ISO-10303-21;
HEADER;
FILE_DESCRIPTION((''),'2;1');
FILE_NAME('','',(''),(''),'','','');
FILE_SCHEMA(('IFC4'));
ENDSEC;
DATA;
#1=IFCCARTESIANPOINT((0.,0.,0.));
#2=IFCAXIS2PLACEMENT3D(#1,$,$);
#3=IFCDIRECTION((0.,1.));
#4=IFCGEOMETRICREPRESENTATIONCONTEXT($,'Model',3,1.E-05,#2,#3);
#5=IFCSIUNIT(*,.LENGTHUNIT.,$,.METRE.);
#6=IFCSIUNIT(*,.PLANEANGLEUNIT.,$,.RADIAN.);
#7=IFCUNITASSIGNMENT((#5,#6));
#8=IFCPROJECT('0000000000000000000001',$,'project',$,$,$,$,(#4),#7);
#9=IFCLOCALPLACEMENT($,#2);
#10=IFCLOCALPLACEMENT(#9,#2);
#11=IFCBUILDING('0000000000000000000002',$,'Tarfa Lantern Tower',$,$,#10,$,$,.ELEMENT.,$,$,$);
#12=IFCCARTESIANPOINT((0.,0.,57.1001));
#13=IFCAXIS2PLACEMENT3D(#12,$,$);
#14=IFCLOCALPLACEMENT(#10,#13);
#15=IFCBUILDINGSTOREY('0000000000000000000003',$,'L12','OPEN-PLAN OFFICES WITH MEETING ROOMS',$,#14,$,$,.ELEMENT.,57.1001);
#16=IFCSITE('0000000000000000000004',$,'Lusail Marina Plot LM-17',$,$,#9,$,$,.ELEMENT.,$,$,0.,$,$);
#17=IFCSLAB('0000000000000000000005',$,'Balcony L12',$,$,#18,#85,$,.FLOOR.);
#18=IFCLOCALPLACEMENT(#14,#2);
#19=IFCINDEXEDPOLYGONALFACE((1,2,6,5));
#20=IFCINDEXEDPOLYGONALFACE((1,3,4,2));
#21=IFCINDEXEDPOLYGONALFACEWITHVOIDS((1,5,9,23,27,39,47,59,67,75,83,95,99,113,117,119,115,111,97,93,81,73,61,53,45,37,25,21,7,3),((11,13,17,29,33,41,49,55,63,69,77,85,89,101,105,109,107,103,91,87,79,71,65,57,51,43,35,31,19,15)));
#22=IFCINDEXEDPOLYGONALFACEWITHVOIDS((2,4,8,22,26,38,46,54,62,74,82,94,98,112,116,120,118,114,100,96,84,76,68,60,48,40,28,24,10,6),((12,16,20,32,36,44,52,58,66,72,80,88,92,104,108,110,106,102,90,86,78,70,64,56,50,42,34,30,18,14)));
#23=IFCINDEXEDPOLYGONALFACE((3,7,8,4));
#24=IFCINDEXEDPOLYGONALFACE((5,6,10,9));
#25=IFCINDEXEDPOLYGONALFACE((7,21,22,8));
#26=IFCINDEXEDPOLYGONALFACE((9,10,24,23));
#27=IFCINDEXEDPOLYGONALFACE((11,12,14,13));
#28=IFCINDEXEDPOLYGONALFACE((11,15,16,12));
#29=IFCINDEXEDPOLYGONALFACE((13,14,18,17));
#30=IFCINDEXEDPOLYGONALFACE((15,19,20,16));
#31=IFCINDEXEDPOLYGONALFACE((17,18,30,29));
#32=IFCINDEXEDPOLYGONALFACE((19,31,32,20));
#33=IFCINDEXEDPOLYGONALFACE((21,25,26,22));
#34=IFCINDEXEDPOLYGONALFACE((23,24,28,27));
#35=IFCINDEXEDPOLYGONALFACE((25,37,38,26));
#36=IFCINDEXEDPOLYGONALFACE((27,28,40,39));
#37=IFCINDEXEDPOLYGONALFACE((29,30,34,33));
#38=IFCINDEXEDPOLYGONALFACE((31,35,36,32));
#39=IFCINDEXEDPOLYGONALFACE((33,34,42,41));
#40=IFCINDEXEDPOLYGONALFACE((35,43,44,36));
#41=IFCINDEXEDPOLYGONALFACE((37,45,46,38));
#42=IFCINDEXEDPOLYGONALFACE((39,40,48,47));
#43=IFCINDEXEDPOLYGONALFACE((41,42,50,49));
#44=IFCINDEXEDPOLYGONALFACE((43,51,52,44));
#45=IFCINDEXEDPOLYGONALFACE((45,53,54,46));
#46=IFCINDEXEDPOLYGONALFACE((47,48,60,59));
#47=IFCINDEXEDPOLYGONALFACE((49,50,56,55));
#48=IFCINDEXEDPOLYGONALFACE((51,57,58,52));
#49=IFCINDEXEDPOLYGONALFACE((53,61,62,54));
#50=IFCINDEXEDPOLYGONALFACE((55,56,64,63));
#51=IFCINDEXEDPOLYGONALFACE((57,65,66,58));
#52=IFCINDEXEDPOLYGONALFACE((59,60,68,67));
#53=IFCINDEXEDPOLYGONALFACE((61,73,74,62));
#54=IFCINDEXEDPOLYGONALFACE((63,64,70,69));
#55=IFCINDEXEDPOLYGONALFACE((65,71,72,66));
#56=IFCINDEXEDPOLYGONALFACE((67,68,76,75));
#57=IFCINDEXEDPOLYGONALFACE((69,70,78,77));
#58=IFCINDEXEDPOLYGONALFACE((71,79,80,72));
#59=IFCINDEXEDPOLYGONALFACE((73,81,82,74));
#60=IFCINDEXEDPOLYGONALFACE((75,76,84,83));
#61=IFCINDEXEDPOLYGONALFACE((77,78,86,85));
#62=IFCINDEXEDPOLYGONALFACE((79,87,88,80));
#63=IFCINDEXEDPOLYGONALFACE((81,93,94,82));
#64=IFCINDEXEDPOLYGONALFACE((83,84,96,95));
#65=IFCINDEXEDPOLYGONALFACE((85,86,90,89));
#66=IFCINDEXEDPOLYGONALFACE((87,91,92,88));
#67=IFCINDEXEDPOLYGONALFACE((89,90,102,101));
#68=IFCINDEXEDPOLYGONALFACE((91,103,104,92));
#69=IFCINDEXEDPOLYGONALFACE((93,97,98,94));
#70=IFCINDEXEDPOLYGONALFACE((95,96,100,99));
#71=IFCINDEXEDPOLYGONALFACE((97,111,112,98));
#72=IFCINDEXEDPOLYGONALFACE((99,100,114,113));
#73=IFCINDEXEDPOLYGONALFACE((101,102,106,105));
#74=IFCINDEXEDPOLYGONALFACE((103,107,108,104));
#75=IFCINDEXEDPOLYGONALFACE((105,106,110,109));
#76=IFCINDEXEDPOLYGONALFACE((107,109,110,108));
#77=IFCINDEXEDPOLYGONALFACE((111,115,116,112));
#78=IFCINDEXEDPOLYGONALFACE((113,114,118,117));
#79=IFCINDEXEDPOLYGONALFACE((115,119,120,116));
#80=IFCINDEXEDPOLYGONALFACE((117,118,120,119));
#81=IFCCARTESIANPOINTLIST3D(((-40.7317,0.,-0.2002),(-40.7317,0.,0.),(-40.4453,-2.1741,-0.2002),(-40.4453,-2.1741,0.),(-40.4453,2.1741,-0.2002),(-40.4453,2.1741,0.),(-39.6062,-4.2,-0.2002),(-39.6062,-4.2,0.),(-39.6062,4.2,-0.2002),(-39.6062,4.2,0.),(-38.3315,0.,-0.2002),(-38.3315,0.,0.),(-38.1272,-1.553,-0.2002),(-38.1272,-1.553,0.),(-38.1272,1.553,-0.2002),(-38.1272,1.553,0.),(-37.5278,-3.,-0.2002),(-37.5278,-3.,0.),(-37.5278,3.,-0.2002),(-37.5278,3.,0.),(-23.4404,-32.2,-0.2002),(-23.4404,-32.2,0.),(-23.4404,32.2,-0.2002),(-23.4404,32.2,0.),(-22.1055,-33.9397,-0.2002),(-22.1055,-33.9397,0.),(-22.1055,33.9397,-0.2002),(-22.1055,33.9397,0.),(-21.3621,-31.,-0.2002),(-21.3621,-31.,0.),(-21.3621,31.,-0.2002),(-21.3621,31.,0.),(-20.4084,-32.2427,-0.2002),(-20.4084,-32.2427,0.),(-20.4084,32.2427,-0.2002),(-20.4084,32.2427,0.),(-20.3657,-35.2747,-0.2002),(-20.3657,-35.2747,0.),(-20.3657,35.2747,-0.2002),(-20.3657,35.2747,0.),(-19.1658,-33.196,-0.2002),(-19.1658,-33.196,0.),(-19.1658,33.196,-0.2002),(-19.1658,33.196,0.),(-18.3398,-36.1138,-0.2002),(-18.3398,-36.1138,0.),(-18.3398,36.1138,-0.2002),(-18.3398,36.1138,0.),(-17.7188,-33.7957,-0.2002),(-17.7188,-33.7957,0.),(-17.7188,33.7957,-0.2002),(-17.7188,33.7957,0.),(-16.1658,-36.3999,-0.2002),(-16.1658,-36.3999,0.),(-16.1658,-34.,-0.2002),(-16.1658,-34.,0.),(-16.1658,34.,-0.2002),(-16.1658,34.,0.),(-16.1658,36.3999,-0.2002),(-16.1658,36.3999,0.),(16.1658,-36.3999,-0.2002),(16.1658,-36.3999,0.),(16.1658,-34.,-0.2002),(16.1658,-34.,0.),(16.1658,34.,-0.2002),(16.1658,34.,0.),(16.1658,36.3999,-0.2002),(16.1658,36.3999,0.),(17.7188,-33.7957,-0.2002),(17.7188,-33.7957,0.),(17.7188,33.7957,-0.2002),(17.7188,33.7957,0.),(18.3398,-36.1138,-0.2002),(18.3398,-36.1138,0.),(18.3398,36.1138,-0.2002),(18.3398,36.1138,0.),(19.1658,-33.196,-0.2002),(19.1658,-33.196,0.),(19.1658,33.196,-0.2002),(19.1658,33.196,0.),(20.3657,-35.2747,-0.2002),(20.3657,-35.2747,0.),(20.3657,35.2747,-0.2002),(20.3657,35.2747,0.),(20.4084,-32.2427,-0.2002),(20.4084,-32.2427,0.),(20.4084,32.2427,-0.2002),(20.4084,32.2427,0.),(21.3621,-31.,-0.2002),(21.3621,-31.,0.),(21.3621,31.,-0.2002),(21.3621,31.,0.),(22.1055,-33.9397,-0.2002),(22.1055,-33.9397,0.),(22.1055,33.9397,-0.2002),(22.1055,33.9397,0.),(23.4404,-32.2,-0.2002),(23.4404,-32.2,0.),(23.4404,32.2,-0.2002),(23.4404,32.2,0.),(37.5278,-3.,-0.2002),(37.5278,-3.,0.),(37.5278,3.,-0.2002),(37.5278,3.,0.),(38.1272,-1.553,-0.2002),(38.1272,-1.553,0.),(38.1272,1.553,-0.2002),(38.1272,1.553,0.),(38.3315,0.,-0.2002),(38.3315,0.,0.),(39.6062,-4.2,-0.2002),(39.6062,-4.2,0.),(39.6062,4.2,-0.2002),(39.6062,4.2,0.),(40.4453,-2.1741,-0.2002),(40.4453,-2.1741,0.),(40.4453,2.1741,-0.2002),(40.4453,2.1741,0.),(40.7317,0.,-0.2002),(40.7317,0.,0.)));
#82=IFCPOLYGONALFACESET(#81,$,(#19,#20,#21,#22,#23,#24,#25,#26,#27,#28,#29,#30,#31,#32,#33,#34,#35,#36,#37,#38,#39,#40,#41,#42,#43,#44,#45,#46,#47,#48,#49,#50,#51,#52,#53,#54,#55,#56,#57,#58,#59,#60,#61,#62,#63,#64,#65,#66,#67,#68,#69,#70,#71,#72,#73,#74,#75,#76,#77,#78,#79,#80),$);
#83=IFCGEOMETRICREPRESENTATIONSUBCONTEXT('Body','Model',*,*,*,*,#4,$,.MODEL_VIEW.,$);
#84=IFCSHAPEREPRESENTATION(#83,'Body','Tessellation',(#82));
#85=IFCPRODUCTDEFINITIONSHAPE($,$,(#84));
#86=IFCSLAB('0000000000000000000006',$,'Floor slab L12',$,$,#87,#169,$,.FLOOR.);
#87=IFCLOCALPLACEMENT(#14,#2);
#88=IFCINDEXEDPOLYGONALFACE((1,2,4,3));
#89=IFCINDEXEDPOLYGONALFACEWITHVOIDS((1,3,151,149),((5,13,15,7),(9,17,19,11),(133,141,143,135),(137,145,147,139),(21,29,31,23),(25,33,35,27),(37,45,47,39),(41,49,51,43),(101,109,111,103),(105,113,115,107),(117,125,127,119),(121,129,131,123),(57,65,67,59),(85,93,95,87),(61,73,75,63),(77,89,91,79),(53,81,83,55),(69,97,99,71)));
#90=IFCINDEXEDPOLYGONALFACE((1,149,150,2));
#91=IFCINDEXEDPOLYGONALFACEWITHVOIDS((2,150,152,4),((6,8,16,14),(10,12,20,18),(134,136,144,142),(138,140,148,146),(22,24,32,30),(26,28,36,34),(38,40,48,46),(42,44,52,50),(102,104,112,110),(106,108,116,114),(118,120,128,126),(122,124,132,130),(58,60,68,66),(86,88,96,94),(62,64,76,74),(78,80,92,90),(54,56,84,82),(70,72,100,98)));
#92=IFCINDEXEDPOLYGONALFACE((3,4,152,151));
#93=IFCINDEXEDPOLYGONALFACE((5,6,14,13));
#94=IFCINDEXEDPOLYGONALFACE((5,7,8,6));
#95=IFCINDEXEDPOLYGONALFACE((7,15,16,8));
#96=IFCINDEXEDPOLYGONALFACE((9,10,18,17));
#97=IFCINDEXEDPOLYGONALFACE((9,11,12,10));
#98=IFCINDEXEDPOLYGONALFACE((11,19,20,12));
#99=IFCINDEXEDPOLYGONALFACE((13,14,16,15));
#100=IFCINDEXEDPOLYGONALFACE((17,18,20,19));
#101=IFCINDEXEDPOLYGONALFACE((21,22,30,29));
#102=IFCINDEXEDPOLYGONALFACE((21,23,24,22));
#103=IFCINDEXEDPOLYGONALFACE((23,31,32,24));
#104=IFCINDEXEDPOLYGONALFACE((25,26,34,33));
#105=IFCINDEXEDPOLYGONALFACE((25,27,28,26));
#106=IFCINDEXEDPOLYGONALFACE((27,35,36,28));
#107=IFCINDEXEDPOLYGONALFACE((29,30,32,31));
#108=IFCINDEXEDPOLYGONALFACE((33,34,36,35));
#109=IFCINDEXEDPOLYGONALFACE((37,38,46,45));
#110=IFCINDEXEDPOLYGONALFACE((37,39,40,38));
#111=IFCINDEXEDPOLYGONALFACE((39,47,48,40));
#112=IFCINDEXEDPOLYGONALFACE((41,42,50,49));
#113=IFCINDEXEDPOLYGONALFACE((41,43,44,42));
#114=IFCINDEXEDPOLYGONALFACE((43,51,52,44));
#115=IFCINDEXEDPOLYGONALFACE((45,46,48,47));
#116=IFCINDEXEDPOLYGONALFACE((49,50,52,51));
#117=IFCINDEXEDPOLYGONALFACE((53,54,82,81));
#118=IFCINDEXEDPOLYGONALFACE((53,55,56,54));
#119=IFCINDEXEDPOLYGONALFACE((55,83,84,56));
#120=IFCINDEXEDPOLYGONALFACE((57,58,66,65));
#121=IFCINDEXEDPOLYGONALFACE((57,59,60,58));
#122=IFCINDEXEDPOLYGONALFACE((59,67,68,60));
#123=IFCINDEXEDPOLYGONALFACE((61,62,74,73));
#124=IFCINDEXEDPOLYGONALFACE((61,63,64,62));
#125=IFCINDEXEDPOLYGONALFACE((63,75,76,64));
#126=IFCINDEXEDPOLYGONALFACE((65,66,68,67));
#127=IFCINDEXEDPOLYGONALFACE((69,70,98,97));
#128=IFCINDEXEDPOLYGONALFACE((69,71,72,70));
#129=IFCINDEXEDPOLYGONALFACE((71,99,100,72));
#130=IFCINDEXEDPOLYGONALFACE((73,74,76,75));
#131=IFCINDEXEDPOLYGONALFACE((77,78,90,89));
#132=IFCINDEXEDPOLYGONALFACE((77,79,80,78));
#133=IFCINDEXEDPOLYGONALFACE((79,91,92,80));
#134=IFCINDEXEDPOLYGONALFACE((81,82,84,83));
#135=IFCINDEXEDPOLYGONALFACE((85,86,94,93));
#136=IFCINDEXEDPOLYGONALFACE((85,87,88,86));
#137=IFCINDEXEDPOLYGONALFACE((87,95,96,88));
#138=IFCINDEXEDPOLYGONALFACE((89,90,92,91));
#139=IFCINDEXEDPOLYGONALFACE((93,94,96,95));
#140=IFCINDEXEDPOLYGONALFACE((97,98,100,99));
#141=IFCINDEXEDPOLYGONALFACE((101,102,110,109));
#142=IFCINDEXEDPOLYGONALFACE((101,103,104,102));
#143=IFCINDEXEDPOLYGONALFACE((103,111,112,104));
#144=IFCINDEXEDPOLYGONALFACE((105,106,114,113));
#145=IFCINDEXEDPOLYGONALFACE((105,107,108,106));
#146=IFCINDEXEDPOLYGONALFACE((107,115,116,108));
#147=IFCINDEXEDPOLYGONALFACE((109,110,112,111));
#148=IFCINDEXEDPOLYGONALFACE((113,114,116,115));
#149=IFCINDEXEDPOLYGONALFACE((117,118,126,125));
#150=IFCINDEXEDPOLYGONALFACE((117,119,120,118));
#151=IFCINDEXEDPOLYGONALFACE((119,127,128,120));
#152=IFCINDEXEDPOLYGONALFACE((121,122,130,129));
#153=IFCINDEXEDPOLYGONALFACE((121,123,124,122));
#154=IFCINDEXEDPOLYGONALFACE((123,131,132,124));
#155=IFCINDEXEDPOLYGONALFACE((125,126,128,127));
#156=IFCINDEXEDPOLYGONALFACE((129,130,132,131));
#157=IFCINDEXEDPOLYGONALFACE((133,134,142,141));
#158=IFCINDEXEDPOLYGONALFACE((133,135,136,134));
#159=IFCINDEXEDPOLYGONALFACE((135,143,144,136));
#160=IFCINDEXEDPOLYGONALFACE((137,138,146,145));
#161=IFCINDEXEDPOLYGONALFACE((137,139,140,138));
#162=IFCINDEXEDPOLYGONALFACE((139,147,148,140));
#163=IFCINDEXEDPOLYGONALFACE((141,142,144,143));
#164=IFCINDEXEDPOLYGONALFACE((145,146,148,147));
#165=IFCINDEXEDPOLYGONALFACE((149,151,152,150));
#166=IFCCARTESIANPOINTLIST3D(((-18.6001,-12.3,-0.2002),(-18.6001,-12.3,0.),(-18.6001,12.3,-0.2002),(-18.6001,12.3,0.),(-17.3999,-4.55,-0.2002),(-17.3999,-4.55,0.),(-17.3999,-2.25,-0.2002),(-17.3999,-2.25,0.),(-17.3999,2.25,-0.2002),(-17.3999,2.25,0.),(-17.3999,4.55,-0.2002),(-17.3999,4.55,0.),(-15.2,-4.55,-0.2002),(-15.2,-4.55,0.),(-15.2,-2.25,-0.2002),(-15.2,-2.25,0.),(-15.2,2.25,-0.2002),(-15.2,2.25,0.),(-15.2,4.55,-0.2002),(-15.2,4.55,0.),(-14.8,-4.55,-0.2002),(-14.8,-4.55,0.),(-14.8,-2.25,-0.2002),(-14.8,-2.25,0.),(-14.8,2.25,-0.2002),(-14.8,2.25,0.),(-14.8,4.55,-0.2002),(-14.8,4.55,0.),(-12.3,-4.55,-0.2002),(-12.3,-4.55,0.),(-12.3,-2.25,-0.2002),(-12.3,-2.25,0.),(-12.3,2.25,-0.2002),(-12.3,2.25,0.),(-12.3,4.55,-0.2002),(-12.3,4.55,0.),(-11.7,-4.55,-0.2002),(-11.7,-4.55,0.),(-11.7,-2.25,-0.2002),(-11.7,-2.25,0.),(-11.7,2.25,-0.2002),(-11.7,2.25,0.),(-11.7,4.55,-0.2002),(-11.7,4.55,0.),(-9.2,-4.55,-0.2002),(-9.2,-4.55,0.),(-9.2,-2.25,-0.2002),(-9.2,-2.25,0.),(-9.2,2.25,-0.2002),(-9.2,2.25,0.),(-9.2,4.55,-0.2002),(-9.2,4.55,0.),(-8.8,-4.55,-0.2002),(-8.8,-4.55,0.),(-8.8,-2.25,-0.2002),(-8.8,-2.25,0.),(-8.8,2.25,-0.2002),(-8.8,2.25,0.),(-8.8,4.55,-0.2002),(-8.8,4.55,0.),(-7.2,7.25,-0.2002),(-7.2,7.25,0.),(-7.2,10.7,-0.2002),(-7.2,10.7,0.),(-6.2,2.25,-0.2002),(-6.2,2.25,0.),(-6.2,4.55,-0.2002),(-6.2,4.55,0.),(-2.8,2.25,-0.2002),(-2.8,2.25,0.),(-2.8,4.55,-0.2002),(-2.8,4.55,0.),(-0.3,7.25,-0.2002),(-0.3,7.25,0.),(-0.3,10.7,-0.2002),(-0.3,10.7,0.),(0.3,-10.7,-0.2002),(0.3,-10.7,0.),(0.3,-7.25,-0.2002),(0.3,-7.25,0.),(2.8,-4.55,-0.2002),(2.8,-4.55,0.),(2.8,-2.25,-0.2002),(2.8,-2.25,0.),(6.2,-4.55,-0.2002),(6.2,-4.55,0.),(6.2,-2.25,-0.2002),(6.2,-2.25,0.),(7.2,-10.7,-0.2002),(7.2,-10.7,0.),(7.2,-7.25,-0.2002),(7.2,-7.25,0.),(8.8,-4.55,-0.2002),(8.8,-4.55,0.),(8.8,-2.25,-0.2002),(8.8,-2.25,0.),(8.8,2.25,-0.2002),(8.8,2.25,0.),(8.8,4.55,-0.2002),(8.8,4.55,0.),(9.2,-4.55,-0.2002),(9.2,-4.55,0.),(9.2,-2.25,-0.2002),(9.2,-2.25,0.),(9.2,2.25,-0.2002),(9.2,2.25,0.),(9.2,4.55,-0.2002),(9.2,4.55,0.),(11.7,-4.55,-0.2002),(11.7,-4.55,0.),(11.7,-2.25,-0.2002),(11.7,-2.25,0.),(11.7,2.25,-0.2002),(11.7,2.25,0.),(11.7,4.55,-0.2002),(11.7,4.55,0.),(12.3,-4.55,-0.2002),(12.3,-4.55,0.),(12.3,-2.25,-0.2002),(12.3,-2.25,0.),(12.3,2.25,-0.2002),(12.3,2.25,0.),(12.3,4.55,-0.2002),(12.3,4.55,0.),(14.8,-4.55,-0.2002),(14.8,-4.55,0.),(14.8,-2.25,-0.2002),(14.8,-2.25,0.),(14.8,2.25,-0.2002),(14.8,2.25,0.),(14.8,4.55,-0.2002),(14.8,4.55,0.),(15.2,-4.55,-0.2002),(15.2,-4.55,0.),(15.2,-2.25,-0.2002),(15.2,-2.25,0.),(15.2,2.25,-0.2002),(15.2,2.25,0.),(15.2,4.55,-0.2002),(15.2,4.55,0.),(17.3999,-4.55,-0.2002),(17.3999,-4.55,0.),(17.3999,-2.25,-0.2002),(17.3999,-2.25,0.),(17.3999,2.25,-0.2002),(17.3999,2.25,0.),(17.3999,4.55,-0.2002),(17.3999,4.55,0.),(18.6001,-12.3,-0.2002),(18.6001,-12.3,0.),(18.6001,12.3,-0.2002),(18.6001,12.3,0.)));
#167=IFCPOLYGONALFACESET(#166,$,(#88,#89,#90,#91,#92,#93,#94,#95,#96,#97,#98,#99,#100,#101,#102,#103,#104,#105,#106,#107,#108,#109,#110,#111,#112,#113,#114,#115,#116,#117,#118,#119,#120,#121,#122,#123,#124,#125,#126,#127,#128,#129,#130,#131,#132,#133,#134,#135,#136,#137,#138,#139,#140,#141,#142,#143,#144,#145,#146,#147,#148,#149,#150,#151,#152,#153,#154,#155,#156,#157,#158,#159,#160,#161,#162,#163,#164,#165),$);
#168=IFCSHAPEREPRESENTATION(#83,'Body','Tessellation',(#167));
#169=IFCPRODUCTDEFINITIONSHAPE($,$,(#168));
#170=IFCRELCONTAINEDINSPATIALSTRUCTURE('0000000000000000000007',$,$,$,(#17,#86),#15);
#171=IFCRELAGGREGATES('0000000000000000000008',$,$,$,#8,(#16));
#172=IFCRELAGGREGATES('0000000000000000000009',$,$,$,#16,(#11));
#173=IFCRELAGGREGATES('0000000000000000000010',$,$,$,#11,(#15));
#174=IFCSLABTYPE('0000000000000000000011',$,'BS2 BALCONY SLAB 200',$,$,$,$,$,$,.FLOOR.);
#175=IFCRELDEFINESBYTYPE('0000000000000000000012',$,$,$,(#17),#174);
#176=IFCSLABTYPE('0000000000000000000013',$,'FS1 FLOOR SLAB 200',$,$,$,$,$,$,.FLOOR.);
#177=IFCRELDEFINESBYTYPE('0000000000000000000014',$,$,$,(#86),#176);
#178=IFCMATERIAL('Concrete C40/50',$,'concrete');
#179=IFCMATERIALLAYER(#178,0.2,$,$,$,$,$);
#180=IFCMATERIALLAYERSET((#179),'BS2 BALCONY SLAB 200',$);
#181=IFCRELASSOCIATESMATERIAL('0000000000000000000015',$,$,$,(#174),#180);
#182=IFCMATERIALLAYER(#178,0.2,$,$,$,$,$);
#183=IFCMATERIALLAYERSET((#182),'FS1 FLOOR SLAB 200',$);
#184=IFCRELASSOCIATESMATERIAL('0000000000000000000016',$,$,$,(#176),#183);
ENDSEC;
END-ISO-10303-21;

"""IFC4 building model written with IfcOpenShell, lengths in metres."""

from ifc_helpers import new_model, si_unit, direction, frame, origin, place, context, subcontext, project, spatial, polyline, outline, extrude, material, layer, layer_set, type_object, element, save


model = new_model("IFC4")

# Units and contexts
model_context = context("Model", 3, precision=1e-05, world=origin(), true_north=direction((0.0, 1.0)))
body_context = subcontext(model_context, "Body", "Model", "MODEL_VIEW")
ifc_project = project(units=[si_unit("LENGTHUNIT", "METRE"), si_unit("PLANEANGLEUNIT", "RADIAN")], contexts=[model_context])

# Site, building, storey
site_placement = place(None, origin())
site = spatial("IfcSite", under=ifc_project, at=site_placement, Name="Lusail Marina Plot LM-17", CompositionType="ELEMENT", RefElevation=0.0)
building_placement = place(site_placement, origin())
building = spatial("IfcBuilding", under=site, at=building_placement, Name="Tarfa Lantern Tower", CompositionType="ELEMENT")
storey_placement = place(building_placement, frame((0.0, 0.0, 57.1001)))
storey = spatial("IfcBuildingStorey", under=building, at=storey_placement, Name="L12", Description="OPEN-PLAN OFFICES WITH MEETING ROOMS", CompositionType="ELEMENT", Elevation=57.1001)

# Slabs
ifc_material_1 = material(Name="Concrete C40/50", Category="concrete")
ifc_layer_1 = layer(ifc_material_1, 0.2)
ifc_layer_set_1 = layer_set([ifc_layer_1], Name="BS2 BALCONY SLAB 200")
slab_type_1 = type_object("IfcSlabType", Name="BS2 BALCONY SLAB 200", PredefinedType="FLOOR", material=ifc_layer_set_1)
slab_1_placement = place(storey_placement, frame((0.0, 0.0, -0.2002)))
element("IfcSlab", 1, at=slab_1_placement, inside=storey, type_object=slab_type_1, Name="Balcony L12", PredefinedType="FLOOR", context=body_context, shape_type="SweptSolid", body=[
    extrude(outline(polyline([(39.6062, 4.2), (23.4404, 32.2), (22.1055, 33.9397), (20.3657, 35.2747), (18.3398, 36.1138), (16.1658, 36.3999), (-16.1658, 36.3999), (-18.3398, 36.1138), (-20.3657, 35.2747), (-22.1055, 33.9397), (-23.4404, 32.2), (-39.6062, 4.2), (-40.4453, 2.1741), (-40.7317, 0.0), (-40.4453, -2.1741), (-39.6062, -4.2), (-23.4404, -32.2), (-22.1055, -33.9397), (-20.3657, -35.2747), (-18.3398, -36.1138), (-16.1658, -36.3999), (16.1658, -36.3999), (18.3398, -36.1138), (20.3657, -35.2747), (22.1055, -33.9397), (23.4404, -32.2), (39.6062, -4.2), (40.4453, -2.1741), (40.7317, 0.0), (40.4453, 2.1741), (39.6062, 4.2)]), holes=[polyline([(37.5278, 3.0), (21.3621, 31.0), (20.4084, 32.2427), (19.1658, 33.196), (17.7188, 33.7957), (16.1658, 34.0), (-16.1658, 34.0), (-17.7188, 33.7957), (-19.1658, 33.196), (-20.4084, 32.2427), (-21.3621, 31.0), (-37.5278, 3.0), (-38.1272, 1.553), (-38.3315, 0.0), (-38.1272, -1.553), (-37.5278, -3.0), (-21.3621, -31.0), (-20.4084, -32.2427), (-19.1658, -33.196), (-17.7188, -33.7957), (-16.1658, -34.0), (16.1658, -34.0), (17.7188, -33.7957), (19.1658, -33.196), (20.4084, -32.2427), (21.3621, -31.0), (37.5278, -3.0), (38.1272, -1.553), (38.3315, 0.0), (38.1272, 1.553), (37.5278, 3.0)])]), origin(), (0.0, 0.0, 1.0), 0.2002),
])
ifc_layer_2 = layer(ifc_material_1, 0.2)
ifc_layer_set_2 = layer_set([ifc_layer_2], Name="FS1 FLOOR SLAB 200")
slab_type_2 = type_object("IfcSlabType", Name="FS1 FLOOR SLAB 200", PredefinedType="FLOOR", material=ifc_layer_set_2)
slab_2_placement = place(storey_placement, frame((0.0, 0.0, -0.2002)))
element("IfcSlab", 2, at=slab_2_placement, inside=storey, type_object=slab_type_2, Name="Floor slab L12", PredefinedType="FLOOR", context=body_context, shape_type="SweptSolid", body=[
    extrude(outline(polyline([(-18.6001, -12.3), (18.6001, -12.3), (18.6001, 12.3), (-18.6001, 12.3), (-18.6001, -12.3)]), holes=[polyline([(-17.3999, 2.25), (-15.2, 2.25), (-15.2, 4.55), (-17.3999, 4.55), (-17.3999, 2.25)]), polyline([(-14.8, 2.25), (-12.3, 2.25), (-12.3, 4.55), (-14.8, 4.55), (-14.8, 2.25)]), polyline([(-11.7, 2.25), (-9.2, 2.25), (-9.2, 4.55), (-11.7, 4.55), (-11.7, 2.25)]), polyline([(-8.8, 2.25), (-6.2, 2.25), (-6.2, 4.55), (-8.8, 4.55), (-8.8, 2.25)]), polyline([(-2.8, 2.25), (8.8, 2.25), (8.8, 4.55), (-2.8, 4.55), (-2.8, 2.25)]), polyline([(9.2, 2.25), (11.7, 2.25), (11.7, 4.55), (9.2, 4.55), (9.2, 2.25)]), polyline([(12.3, 2.25), (14.8, 2.25), (14.8, 4.55), (12.3, 4.55), (12.3, 2.25)]), polyline([(15.2, 2.25), (17.3999, 2.25), (17.3999, 4.55), (15.2, 4.55), (15.2, 2.25)]), polyline([(17.3999, -2.25), (15.2, -2.25), (15.2, -4.55), (17.3999, -4.55), (17.3999, -2.25)]), polyline([(14.8, -2.25), (12.3, -2.25), (12.3, -4.55), (14.8, -4.55), (14.8, -2.25)]), polyline([(11.7, -2.25), (9.2, -2.25), (9.2, -4.55), (11.7, -4.55), (11.7, -2.25)]), polyline([(8.8, -2.25), (6.2, -2.25), (6.2, -4.55), (8.8, -4.55), (8.8, -2.25)]), polyline([(2.8, -2.25), (-8.8, -2.25), (-8.8, -4.55), (2.8, -4.55), (2.8, -2.25)]), polyline([(-9.2, -2.25), (-11.7, -2.25), (-11.7, -4.55), (-9.2, -4.55), (-9.2, -2.25)]), polyline([(-12.3, -2.25), (-14.8, -2.25), (-14.8, -4.55), (-12.3, -4.55), (-12.3, -2.25)]), polyline([(-15.2, -2.25), (-17.3999, -2.25), (-17.3999, -4.55), (-15.2, -4.55), (-15.2, -2.25)]), polyline([(-7.2, 7.25), (-0.3, 7.25), (-0.3, 10.7), (-7.2, 10.7), (-7.2, 7.25)]), polyline([(7.2, -7.25), (0.3, -7.25), (0.3, -10.7), (7.2, -10.7), (7.2, -7.25)])]), origin(), (0.0, 0.0, 1.0), 0.2002),
])

save(model, "model.ifc")
